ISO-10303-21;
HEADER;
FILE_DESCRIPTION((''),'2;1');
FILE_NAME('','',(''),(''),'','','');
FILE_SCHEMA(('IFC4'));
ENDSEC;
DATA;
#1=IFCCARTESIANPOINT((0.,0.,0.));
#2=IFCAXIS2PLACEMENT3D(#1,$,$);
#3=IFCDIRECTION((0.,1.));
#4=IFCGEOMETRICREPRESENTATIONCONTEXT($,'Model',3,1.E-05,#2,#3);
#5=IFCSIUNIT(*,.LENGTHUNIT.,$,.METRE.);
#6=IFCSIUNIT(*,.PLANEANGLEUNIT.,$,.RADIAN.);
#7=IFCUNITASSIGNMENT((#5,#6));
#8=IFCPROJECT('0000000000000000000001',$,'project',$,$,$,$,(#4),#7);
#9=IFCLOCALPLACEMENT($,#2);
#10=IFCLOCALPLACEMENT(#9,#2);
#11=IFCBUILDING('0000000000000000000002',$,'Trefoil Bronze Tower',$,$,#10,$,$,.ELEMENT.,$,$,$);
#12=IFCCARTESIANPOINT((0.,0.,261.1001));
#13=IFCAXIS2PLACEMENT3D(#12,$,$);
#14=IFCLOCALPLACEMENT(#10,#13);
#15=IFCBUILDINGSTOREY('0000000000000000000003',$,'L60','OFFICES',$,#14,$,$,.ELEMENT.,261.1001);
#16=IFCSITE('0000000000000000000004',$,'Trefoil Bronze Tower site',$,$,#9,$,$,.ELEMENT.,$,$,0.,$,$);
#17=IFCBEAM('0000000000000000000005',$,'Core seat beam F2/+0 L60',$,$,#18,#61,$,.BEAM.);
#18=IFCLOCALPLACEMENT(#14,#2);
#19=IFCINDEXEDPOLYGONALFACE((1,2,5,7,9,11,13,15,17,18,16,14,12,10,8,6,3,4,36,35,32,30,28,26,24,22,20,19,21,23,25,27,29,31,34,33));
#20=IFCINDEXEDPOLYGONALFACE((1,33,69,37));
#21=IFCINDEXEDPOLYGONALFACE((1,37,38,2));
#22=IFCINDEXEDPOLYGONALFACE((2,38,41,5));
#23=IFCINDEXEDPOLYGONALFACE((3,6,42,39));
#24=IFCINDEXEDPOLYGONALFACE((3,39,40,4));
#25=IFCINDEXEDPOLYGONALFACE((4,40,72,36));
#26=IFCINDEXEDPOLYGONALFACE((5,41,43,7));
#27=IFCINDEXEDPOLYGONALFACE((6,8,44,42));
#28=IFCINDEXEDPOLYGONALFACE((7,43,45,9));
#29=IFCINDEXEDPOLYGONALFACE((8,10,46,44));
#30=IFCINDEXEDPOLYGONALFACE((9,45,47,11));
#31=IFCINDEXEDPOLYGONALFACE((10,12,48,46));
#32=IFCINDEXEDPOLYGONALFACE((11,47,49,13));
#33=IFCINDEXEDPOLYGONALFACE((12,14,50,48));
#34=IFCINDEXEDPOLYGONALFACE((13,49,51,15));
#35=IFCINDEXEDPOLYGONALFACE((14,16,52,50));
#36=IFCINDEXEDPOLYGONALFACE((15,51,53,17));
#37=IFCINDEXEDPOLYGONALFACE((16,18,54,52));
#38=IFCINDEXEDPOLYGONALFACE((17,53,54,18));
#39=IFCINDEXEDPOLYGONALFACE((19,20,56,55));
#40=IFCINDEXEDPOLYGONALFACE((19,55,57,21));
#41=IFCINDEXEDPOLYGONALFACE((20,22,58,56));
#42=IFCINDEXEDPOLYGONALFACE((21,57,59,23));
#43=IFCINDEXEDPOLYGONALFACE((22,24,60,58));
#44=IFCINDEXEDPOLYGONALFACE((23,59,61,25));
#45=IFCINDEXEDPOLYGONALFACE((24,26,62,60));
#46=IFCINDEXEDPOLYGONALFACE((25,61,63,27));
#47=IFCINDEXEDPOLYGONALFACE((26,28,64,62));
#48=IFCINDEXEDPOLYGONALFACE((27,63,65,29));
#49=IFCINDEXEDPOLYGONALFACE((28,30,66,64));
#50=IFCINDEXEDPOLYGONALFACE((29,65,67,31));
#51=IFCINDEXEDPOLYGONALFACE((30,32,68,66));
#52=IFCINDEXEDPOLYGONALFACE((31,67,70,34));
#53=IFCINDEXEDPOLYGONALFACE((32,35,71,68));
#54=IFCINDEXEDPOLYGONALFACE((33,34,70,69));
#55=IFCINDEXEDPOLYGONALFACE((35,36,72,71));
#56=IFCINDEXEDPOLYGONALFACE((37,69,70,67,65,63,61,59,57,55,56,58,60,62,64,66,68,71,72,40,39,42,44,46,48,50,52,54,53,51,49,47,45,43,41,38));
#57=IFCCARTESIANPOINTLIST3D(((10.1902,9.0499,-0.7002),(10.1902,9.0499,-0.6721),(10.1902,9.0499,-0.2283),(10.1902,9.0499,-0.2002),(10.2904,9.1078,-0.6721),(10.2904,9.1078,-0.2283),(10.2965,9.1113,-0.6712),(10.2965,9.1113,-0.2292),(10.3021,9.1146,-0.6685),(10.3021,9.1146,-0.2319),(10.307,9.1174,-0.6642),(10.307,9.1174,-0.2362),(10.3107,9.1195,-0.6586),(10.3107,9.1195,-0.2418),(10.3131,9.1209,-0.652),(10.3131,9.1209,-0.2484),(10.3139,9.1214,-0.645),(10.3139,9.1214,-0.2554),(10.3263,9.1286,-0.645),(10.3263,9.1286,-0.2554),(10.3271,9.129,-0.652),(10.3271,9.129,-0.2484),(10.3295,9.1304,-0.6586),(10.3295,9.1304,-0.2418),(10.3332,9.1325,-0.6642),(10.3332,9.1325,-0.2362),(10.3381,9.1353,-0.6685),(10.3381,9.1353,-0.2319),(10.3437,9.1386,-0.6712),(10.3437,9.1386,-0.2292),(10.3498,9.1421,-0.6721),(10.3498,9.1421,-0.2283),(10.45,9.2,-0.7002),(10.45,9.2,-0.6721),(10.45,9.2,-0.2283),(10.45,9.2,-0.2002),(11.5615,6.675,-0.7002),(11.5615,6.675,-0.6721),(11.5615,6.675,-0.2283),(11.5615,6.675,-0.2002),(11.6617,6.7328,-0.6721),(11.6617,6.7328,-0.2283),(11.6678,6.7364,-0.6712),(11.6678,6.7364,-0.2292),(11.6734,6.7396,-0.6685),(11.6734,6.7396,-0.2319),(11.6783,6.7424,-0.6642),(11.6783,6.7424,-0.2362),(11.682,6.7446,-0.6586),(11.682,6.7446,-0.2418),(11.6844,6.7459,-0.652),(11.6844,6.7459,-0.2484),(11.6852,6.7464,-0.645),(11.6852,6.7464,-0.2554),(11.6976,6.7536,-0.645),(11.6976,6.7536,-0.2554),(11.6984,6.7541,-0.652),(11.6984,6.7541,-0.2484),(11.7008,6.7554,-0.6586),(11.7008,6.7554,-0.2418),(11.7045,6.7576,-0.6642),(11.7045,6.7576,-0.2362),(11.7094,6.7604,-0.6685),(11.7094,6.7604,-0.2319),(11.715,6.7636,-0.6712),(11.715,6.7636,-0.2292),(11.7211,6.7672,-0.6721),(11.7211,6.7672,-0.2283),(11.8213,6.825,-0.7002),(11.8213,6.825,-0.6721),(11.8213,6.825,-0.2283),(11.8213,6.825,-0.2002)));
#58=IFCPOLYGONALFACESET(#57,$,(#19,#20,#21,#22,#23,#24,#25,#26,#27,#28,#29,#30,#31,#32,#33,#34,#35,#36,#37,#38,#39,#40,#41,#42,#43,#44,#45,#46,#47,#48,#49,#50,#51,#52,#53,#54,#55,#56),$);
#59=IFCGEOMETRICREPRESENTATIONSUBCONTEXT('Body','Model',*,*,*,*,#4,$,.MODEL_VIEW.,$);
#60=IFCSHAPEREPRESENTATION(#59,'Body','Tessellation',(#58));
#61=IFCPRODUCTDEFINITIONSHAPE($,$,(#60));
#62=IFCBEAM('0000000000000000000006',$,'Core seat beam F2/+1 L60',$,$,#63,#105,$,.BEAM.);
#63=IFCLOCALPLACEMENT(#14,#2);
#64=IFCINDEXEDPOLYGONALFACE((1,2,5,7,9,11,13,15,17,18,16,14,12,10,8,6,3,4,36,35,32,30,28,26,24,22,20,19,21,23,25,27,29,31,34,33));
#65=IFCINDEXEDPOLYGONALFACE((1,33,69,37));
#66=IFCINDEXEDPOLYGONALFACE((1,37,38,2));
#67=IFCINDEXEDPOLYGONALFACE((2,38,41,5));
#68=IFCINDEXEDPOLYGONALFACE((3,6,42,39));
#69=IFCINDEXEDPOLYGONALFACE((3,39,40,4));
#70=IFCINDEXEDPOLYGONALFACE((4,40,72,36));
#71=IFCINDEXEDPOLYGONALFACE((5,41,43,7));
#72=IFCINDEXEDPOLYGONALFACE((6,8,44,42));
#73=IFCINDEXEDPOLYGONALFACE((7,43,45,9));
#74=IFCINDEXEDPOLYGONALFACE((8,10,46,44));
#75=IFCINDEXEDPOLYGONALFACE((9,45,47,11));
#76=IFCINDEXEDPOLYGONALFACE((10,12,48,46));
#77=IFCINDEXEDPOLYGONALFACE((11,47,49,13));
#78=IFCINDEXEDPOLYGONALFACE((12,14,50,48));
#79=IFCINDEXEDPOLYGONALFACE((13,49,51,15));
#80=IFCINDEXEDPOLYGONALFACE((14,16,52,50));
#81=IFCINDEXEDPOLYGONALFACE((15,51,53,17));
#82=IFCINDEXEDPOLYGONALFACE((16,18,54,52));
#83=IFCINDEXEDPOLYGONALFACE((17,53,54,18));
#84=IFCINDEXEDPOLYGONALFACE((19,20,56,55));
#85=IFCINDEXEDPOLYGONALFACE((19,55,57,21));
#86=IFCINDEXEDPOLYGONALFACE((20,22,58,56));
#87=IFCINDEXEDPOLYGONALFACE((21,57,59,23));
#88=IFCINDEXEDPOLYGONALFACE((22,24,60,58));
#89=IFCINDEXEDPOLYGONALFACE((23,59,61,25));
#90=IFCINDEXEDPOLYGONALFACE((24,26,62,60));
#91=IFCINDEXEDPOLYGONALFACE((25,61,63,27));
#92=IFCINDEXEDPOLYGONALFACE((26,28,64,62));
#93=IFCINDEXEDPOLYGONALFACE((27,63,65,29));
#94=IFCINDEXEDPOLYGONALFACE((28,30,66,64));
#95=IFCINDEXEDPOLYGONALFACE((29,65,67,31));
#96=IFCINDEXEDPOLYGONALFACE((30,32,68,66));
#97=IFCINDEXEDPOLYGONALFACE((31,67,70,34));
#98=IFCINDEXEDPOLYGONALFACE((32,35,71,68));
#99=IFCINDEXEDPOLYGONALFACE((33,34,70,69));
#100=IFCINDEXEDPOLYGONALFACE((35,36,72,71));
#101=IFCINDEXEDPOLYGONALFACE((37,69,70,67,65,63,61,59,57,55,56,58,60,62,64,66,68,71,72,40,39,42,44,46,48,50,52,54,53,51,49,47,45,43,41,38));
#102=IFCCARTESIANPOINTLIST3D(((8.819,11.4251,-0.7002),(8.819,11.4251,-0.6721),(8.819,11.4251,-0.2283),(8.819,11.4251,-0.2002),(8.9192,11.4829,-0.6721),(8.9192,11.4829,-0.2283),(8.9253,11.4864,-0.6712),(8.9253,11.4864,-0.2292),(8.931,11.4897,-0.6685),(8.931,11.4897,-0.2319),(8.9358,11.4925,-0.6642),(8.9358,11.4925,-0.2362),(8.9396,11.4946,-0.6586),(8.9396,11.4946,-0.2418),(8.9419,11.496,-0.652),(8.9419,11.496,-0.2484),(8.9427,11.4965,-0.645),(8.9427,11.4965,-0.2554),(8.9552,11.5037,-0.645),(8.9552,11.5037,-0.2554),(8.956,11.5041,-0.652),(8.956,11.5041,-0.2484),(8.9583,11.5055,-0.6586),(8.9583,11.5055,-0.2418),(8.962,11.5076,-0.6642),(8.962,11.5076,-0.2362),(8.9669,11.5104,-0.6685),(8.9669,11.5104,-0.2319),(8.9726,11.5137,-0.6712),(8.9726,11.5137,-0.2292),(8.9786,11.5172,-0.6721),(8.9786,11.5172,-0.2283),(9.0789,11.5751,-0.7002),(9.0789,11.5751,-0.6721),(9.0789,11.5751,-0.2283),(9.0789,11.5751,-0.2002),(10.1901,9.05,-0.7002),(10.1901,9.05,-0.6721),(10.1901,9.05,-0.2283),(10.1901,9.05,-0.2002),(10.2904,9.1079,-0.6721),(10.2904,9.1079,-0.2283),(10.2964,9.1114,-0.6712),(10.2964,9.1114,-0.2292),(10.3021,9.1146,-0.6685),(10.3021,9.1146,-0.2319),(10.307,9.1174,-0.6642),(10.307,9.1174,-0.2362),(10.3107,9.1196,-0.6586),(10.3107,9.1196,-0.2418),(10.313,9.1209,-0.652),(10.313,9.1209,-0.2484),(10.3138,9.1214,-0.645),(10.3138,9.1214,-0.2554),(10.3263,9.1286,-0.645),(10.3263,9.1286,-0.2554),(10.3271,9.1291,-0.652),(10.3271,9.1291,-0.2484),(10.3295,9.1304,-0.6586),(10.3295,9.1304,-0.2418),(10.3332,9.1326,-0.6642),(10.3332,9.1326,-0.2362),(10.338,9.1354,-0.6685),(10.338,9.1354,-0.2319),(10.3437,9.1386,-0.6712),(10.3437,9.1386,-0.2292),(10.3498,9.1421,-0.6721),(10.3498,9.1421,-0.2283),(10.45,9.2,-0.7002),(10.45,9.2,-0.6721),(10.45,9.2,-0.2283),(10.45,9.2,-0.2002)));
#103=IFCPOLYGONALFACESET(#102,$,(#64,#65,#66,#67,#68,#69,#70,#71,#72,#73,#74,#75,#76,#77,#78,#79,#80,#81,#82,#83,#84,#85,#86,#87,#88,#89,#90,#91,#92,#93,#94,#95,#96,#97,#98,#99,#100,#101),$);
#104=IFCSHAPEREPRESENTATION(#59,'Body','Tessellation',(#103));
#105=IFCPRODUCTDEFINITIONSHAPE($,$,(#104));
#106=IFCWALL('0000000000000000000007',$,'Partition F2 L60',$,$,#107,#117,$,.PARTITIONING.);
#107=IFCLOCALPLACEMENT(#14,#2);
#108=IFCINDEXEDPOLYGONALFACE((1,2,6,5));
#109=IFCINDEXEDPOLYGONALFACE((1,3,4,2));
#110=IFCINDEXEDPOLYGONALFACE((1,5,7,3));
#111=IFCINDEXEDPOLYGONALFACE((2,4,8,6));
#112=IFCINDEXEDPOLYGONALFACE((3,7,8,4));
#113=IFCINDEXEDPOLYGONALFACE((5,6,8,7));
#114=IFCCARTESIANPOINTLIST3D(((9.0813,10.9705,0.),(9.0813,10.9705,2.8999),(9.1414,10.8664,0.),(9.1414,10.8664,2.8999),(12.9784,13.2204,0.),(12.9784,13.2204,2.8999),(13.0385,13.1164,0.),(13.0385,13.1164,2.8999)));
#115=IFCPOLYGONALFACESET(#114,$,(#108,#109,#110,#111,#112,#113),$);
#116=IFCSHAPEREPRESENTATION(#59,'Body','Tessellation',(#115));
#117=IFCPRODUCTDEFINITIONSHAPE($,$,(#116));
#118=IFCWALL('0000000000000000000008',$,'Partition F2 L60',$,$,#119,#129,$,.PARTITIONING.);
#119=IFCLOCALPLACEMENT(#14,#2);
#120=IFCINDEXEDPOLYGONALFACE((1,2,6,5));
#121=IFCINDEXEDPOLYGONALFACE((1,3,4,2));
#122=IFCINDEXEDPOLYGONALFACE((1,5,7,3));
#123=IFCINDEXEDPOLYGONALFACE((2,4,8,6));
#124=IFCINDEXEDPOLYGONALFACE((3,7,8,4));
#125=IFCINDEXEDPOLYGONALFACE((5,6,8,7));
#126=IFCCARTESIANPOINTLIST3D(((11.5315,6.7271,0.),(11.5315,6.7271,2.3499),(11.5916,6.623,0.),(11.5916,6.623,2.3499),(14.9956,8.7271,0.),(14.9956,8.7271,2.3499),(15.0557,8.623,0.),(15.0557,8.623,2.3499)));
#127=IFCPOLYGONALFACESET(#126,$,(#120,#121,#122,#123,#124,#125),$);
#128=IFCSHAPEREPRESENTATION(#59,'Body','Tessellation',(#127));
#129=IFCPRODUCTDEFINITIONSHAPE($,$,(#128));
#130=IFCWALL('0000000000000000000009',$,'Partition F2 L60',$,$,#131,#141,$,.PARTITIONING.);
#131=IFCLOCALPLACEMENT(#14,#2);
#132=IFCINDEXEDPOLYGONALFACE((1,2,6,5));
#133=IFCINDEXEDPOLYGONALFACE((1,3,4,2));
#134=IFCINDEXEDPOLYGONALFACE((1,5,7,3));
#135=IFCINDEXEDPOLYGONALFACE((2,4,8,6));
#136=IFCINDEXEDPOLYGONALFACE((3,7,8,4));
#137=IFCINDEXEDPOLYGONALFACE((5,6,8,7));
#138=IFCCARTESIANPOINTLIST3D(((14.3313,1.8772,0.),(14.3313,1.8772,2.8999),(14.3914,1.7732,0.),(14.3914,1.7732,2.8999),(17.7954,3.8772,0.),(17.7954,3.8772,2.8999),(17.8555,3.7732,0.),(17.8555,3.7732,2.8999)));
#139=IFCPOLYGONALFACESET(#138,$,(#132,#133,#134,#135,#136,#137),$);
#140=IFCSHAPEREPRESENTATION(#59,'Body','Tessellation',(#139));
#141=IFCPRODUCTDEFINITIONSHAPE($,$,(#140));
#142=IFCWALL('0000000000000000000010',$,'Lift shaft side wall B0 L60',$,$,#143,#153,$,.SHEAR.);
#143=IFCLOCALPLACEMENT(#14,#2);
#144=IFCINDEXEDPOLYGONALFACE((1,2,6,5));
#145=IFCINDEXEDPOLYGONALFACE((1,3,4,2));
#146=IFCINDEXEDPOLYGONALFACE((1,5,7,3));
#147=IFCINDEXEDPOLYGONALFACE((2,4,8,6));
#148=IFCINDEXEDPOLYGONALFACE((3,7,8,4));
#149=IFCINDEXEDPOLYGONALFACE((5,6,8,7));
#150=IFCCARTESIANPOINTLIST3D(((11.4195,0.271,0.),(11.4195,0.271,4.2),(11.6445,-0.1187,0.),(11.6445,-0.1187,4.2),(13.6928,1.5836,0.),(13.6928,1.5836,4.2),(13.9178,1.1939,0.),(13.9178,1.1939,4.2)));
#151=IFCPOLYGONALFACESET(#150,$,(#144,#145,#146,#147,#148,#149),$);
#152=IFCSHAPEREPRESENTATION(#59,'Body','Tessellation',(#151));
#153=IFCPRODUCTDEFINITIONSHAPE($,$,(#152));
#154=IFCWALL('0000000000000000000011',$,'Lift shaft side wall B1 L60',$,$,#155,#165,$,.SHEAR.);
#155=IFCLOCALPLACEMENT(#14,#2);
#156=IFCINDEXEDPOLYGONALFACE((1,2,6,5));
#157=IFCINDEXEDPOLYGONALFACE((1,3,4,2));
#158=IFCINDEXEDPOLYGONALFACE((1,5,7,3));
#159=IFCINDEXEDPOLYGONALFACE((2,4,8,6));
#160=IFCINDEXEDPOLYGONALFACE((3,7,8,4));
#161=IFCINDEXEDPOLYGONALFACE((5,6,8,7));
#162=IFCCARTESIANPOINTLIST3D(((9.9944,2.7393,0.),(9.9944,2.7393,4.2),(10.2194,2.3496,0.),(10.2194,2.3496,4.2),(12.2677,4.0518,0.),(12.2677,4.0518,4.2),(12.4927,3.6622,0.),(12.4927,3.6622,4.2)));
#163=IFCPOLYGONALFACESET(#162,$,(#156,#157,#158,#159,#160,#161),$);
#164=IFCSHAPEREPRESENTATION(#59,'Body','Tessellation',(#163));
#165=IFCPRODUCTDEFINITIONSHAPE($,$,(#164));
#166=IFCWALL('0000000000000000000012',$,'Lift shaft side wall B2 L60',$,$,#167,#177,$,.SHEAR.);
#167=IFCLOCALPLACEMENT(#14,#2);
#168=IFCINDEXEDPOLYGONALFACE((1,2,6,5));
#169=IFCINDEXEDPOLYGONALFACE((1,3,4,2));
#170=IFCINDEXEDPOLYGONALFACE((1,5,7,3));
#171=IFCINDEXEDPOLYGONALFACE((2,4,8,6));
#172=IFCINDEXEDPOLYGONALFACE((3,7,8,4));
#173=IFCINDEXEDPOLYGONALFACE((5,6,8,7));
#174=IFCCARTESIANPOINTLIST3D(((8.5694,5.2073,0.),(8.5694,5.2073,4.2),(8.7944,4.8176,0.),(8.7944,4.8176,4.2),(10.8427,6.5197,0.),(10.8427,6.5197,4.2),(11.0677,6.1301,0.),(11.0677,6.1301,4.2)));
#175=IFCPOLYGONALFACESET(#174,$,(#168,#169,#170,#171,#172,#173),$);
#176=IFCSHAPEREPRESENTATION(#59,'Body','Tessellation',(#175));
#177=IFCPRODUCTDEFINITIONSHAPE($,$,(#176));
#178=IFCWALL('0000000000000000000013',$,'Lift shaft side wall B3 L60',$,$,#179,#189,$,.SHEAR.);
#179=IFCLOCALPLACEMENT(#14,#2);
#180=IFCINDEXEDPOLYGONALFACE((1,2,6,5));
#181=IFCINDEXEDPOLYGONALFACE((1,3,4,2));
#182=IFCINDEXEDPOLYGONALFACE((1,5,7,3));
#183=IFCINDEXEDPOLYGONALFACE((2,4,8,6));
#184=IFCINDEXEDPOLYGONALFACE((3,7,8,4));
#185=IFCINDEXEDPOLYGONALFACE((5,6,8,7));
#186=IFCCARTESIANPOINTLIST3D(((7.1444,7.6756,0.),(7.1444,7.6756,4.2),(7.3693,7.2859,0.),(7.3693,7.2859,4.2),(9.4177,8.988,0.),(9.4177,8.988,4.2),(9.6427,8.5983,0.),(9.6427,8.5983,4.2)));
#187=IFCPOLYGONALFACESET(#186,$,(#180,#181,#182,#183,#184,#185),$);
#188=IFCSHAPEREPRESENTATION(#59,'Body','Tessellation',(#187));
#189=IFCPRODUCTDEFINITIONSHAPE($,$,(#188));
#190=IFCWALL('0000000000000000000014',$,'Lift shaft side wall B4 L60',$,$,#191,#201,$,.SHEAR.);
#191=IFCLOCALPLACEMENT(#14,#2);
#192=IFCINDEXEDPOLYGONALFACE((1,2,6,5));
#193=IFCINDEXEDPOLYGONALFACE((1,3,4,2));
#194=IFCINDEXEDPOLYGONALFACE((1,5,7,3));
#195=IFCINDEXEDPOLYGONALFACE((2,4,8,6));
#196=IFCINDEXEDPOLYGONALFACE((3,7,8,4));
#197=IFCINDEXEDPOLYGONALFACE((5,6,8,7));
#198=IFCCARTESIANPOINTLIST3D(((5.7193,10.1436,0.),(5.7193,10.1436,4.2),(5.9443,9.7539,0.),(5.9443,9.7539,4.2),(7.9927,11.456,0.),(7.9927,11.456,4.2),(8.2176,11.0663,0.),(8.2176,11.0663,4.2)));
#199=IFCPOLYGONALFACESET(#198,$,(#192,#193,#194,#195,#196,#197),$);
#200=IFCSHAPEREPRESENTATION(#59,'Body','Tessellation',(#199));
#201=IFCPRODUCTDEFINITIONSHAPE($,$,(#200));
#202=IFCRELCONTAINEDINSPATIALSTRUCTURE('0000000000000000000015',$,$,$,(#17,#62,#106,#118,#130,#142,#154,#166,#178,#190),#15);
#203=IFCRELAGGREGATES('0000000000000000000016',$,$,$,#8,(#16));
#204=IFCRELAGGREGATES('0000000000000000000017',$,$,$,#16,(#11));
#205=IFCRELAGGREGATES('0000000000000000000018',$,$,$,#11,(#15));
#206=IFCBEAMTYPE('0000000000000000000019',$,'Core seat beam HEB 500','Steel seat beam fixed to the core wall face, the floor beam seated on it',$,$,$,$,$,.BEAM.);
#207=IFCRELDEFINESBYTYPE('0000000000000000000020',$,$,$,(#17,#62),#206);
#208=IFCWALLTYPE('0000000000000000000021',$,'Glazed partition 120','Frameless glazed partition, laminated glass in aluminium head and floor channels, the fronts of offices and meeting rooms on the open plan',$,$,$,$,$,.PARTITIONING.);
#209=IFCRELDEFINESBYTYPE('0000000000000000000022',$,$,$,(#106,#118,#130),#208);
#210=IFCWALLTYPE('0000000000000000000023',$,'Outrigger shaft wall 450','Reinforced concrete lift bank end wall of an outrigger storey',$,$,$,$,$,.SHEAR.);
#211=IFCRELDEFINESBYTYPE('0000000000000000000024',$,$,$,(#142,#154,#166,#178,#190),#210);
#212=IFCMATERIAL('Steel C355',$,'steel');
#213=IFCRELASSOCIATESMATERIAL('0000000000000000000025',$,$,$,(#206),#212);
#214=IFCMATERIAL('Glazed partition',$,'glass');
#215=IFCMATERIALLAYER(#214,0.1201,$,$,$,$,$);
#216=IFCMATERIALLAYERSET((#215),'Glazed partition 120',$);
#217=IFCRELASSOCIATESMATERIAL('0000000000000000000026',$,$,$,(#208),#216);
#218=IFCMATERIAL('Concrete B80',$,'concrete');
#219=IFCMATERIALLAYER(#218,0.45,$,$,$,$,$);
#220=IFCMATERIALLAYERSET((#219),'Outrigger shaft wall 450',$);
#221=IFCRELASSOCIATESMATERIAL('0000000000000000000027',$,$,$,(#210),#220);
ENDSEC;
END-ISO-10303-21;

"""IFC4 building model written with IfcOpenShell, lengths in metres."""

from ifc_helpers import new_model, si_unit, direction, frame, frame_2d, origin, origin_2d, place, context, subcontext, project, spatial, rectangle, i_section, extrude, material, layer, layer_set, material_profile, profile_set, type_object, element, save


model = new_model("IFC4")

# Units and contexts
model_context = context("Model", 3, precision=1e-05, world=origin(), true_north=direction((0.0, 1.0)))
body_context = subcontext(model_context, "Body", "Model", "MODEL_VIEW")
ifc_project = project(units=[si_unit("LENGTHUNIT", "METRE"), si_unit("PLANEANGLEUNIT", "RADIAN")], contexts=[model_context])

# Site, building, storey
site_placement = place(None, origin())
site = spatial("IfcSite", under=ifc_project, at=site_placement, Name="Trefoil Bronze Tower site", CompositionType="ELEMENT", RefElevation=0.0)
building_placement = place(site_placement, origin())
building = spatial("IfcBuilding", under=site, at=building_placement, Name="Trefoil Bronze Tower", CompositionType="ELEMENT")
storey_placement = place(building_placement, frame((0.0, 0.0, 261.1001)))
storey = spatial("IfcBuildingStorey", under=building, at=storey_placement, Name="L60", Description="OFFICES", CompositionType="ELEMENT", Elevation=261.1001)

# Beams
ifc_material_1 = material(Name="Steel C355", Category="steel")
ifc_material_profile = material_profile(ifc_material_1, i_section(OverallWidth=0.3, OverallDepth=0.5, WebThickness=0.0144, FlangeThickness=0.0281, FilletRadius=0.0271, at=origin_2d()), Name="HEB 500")
ifc_profile_set = profile_set([ifc_material_profile], Name="Steel C355")
beam_type = type_object("IfcBeamType", Name="Core seat beam HEB 500", Description="Steel seat beam fixed to the core wall face, the floor beam seated on it", PredefinedType="BEAM", material=ifc_profile_set)
for number, where, z_axis, x_axis, name in (
    (1, (11.6914, 6.75, -0.4502), (-0.500036, 0.866005, 0.0), (-0.866005, -0.500036, 0.0), "Core seat beam F2/+0 L60"),
    (2, (10.3201, 9.125, -0.4502), (-0.499969, 0.866043, 0.0), (-0.866043, -0.499969, 0.0), "Core seat beam F2/+1 L60"),
):
    element("IfcBeam", number, at=place(storey_placement, frame(where, z_axis=z_axis, x_axis=x_axis)), inside=storey, type_object=beam_type, Name=name, PredefinedType="BEAM", context=body_context, shape_type="SweptSolid", body=[
        extrude(i_section(OverallWidth=0.3, OverallDepth=0.5, WebThickness=0.0144, FlangeThickness=0.0281, FilletRadius=0.0271, at=origin_2d()), origin(), (0.0, 0.0, 1.0), 2.7424),
    ])

# Walls
ifc_material_2 = material(Name="Glazed partition", Category="glass")
ifc_layer_1 = layer(ifc_material_2, 0.1201)
ifc_layer_set_1 = layer_set([ifc_layer_1], Name="Glazed partition 120")
wall_type_1 = type_object("IfcWallType", Name="Glazed partition 120", Description="Frameless glazed partition, laminated glass in aluminium head and floor channels, the fronts of offices and meeting rooms on the open plan", PredefinedType="PARTITIONING", material=ifc_layer_set_1)
wall_1_placement = place(storey_placement, frame((9.1113, 10.9185, 0.0), z_axis=(0.0, 0.0, 1.0), x_axis=(0.866031, 0.49999, 0.0)))
element("IfcWall", 3, at=wall_1_placement, inside=storey, type_object=wall_type_1, Name="Partition F2 L60", PredefinedType="PARTITIONING", context=body_context, shape_type="SweptSolid", body=[
    extrude(rectangle(XDim=4.5, YDim=0.1201, at=frame_2d((2.25, 0.0))), origin(), (0.0, 0.0, 1.0), 2.8999),
])
wall_2_placement = place(storey_placement, frame((11.5615, 6.675, 0.0), z_axis=(0.0, 0.0, 1.0), x_axis=(0.866026, 0.499999, 0.0)))
element("IfcWall", 4, at=wall_2_placement, inside=storey, type_object=wall_type_1, Name="Partition F2 L60", PredefinedType="PARTITIONING", context=body_context, shape_type="SweptSolid", body=[
    extrude(rectangle(XDim=4.0, YDim=0.1201, at=frame_2d((2.0, 0.0))), origin(), (0.0, 0.0, 1.0), 2.3499),
])
wall_3_placement = place(storey_placement, frame((14.3613, 1.8252, 0.0), z_axis=(0.0, 0.0, 1.0), x_axis=(0.866026, 0.499999, 0.0)))
element("IfcWall", 5, at=wall_3_placement, inside=storey, type_object=wall_type_1, Name="Partition F2 L60", PredefinedType="PARTITIONING", context=body_context, shape_type="SweptSolid", body=[
    extrude(rectangle(XDim=4.0, YDim=0.1201, at=frame_2d((2.0, 0.0))), origin(), (0.0, 0.0, 1.0), 2.8999),
])
ifc_material_3 = material(Name="Concrete B80", Category="concrete")
ifc_layer_2 = layer(ifc_material_3, 0.45)
ifc_layer_set_2 = layer_set([ifc_layer_2], Name="Outrigger shaft wall 450")
wall_type_2 = type_object("IfcWallType", Name="Outrigger shaft wall 450", Description="Reinforced concrete lift bank end wall of an outrigger storey", PredefinedType="SHEAR", material=ifc_layer_set_2)
for number, where, z_axis, x_axis, name in (
    (6, (11.532, 0.0762, 0.0), (0.0, 0.0, 1.0), (0.866014, 0.50002, 0.0), "Lift shaft side wall B0 L60"),
    (7, (10.1069, 2.5444, 0.0), (0.0, 0.0, 1.0), (0.866014, 0.50002, 0.0), "Lift shaft side wall B1 L60"),
    (8, (8.6819, 5.0125, 0.0), (0.0, 0.0, 1.0), (0.866037, 0.49998, 0.0), "Lift shaft side wall B2 L60"),
    (9, (7.2568, 7.4807, 0.0), (0.0, 0.0, 1.0), (0.866037, 0.49998, 0.0), "Lift shaft side wall B3 L60"),
    (10, (5.8318, 9.9487, 0.0), (0.0, 0.0, 1.0), (0.866037, 0.49998, 0.0), "Lift shaft side wall B4 L60"),
):
    element("IfcWall", number, at=place(storey_placement, frame(where, z_axis=z_axis, x_axis=x_axis)), inside=storey, type_object=wall_type_2, Name=name, PredefinedType="SHEAR", context=body_context, shape_type="SweptSolid", body=[
        extrude(rectangle(XDim=2.625, YDim=0.45, at=frame_2d((1.3125, 0.0))), origin(), (0.0, 0.0, 1.0), 4.2),
    ])

save(model, "model.ifc")
